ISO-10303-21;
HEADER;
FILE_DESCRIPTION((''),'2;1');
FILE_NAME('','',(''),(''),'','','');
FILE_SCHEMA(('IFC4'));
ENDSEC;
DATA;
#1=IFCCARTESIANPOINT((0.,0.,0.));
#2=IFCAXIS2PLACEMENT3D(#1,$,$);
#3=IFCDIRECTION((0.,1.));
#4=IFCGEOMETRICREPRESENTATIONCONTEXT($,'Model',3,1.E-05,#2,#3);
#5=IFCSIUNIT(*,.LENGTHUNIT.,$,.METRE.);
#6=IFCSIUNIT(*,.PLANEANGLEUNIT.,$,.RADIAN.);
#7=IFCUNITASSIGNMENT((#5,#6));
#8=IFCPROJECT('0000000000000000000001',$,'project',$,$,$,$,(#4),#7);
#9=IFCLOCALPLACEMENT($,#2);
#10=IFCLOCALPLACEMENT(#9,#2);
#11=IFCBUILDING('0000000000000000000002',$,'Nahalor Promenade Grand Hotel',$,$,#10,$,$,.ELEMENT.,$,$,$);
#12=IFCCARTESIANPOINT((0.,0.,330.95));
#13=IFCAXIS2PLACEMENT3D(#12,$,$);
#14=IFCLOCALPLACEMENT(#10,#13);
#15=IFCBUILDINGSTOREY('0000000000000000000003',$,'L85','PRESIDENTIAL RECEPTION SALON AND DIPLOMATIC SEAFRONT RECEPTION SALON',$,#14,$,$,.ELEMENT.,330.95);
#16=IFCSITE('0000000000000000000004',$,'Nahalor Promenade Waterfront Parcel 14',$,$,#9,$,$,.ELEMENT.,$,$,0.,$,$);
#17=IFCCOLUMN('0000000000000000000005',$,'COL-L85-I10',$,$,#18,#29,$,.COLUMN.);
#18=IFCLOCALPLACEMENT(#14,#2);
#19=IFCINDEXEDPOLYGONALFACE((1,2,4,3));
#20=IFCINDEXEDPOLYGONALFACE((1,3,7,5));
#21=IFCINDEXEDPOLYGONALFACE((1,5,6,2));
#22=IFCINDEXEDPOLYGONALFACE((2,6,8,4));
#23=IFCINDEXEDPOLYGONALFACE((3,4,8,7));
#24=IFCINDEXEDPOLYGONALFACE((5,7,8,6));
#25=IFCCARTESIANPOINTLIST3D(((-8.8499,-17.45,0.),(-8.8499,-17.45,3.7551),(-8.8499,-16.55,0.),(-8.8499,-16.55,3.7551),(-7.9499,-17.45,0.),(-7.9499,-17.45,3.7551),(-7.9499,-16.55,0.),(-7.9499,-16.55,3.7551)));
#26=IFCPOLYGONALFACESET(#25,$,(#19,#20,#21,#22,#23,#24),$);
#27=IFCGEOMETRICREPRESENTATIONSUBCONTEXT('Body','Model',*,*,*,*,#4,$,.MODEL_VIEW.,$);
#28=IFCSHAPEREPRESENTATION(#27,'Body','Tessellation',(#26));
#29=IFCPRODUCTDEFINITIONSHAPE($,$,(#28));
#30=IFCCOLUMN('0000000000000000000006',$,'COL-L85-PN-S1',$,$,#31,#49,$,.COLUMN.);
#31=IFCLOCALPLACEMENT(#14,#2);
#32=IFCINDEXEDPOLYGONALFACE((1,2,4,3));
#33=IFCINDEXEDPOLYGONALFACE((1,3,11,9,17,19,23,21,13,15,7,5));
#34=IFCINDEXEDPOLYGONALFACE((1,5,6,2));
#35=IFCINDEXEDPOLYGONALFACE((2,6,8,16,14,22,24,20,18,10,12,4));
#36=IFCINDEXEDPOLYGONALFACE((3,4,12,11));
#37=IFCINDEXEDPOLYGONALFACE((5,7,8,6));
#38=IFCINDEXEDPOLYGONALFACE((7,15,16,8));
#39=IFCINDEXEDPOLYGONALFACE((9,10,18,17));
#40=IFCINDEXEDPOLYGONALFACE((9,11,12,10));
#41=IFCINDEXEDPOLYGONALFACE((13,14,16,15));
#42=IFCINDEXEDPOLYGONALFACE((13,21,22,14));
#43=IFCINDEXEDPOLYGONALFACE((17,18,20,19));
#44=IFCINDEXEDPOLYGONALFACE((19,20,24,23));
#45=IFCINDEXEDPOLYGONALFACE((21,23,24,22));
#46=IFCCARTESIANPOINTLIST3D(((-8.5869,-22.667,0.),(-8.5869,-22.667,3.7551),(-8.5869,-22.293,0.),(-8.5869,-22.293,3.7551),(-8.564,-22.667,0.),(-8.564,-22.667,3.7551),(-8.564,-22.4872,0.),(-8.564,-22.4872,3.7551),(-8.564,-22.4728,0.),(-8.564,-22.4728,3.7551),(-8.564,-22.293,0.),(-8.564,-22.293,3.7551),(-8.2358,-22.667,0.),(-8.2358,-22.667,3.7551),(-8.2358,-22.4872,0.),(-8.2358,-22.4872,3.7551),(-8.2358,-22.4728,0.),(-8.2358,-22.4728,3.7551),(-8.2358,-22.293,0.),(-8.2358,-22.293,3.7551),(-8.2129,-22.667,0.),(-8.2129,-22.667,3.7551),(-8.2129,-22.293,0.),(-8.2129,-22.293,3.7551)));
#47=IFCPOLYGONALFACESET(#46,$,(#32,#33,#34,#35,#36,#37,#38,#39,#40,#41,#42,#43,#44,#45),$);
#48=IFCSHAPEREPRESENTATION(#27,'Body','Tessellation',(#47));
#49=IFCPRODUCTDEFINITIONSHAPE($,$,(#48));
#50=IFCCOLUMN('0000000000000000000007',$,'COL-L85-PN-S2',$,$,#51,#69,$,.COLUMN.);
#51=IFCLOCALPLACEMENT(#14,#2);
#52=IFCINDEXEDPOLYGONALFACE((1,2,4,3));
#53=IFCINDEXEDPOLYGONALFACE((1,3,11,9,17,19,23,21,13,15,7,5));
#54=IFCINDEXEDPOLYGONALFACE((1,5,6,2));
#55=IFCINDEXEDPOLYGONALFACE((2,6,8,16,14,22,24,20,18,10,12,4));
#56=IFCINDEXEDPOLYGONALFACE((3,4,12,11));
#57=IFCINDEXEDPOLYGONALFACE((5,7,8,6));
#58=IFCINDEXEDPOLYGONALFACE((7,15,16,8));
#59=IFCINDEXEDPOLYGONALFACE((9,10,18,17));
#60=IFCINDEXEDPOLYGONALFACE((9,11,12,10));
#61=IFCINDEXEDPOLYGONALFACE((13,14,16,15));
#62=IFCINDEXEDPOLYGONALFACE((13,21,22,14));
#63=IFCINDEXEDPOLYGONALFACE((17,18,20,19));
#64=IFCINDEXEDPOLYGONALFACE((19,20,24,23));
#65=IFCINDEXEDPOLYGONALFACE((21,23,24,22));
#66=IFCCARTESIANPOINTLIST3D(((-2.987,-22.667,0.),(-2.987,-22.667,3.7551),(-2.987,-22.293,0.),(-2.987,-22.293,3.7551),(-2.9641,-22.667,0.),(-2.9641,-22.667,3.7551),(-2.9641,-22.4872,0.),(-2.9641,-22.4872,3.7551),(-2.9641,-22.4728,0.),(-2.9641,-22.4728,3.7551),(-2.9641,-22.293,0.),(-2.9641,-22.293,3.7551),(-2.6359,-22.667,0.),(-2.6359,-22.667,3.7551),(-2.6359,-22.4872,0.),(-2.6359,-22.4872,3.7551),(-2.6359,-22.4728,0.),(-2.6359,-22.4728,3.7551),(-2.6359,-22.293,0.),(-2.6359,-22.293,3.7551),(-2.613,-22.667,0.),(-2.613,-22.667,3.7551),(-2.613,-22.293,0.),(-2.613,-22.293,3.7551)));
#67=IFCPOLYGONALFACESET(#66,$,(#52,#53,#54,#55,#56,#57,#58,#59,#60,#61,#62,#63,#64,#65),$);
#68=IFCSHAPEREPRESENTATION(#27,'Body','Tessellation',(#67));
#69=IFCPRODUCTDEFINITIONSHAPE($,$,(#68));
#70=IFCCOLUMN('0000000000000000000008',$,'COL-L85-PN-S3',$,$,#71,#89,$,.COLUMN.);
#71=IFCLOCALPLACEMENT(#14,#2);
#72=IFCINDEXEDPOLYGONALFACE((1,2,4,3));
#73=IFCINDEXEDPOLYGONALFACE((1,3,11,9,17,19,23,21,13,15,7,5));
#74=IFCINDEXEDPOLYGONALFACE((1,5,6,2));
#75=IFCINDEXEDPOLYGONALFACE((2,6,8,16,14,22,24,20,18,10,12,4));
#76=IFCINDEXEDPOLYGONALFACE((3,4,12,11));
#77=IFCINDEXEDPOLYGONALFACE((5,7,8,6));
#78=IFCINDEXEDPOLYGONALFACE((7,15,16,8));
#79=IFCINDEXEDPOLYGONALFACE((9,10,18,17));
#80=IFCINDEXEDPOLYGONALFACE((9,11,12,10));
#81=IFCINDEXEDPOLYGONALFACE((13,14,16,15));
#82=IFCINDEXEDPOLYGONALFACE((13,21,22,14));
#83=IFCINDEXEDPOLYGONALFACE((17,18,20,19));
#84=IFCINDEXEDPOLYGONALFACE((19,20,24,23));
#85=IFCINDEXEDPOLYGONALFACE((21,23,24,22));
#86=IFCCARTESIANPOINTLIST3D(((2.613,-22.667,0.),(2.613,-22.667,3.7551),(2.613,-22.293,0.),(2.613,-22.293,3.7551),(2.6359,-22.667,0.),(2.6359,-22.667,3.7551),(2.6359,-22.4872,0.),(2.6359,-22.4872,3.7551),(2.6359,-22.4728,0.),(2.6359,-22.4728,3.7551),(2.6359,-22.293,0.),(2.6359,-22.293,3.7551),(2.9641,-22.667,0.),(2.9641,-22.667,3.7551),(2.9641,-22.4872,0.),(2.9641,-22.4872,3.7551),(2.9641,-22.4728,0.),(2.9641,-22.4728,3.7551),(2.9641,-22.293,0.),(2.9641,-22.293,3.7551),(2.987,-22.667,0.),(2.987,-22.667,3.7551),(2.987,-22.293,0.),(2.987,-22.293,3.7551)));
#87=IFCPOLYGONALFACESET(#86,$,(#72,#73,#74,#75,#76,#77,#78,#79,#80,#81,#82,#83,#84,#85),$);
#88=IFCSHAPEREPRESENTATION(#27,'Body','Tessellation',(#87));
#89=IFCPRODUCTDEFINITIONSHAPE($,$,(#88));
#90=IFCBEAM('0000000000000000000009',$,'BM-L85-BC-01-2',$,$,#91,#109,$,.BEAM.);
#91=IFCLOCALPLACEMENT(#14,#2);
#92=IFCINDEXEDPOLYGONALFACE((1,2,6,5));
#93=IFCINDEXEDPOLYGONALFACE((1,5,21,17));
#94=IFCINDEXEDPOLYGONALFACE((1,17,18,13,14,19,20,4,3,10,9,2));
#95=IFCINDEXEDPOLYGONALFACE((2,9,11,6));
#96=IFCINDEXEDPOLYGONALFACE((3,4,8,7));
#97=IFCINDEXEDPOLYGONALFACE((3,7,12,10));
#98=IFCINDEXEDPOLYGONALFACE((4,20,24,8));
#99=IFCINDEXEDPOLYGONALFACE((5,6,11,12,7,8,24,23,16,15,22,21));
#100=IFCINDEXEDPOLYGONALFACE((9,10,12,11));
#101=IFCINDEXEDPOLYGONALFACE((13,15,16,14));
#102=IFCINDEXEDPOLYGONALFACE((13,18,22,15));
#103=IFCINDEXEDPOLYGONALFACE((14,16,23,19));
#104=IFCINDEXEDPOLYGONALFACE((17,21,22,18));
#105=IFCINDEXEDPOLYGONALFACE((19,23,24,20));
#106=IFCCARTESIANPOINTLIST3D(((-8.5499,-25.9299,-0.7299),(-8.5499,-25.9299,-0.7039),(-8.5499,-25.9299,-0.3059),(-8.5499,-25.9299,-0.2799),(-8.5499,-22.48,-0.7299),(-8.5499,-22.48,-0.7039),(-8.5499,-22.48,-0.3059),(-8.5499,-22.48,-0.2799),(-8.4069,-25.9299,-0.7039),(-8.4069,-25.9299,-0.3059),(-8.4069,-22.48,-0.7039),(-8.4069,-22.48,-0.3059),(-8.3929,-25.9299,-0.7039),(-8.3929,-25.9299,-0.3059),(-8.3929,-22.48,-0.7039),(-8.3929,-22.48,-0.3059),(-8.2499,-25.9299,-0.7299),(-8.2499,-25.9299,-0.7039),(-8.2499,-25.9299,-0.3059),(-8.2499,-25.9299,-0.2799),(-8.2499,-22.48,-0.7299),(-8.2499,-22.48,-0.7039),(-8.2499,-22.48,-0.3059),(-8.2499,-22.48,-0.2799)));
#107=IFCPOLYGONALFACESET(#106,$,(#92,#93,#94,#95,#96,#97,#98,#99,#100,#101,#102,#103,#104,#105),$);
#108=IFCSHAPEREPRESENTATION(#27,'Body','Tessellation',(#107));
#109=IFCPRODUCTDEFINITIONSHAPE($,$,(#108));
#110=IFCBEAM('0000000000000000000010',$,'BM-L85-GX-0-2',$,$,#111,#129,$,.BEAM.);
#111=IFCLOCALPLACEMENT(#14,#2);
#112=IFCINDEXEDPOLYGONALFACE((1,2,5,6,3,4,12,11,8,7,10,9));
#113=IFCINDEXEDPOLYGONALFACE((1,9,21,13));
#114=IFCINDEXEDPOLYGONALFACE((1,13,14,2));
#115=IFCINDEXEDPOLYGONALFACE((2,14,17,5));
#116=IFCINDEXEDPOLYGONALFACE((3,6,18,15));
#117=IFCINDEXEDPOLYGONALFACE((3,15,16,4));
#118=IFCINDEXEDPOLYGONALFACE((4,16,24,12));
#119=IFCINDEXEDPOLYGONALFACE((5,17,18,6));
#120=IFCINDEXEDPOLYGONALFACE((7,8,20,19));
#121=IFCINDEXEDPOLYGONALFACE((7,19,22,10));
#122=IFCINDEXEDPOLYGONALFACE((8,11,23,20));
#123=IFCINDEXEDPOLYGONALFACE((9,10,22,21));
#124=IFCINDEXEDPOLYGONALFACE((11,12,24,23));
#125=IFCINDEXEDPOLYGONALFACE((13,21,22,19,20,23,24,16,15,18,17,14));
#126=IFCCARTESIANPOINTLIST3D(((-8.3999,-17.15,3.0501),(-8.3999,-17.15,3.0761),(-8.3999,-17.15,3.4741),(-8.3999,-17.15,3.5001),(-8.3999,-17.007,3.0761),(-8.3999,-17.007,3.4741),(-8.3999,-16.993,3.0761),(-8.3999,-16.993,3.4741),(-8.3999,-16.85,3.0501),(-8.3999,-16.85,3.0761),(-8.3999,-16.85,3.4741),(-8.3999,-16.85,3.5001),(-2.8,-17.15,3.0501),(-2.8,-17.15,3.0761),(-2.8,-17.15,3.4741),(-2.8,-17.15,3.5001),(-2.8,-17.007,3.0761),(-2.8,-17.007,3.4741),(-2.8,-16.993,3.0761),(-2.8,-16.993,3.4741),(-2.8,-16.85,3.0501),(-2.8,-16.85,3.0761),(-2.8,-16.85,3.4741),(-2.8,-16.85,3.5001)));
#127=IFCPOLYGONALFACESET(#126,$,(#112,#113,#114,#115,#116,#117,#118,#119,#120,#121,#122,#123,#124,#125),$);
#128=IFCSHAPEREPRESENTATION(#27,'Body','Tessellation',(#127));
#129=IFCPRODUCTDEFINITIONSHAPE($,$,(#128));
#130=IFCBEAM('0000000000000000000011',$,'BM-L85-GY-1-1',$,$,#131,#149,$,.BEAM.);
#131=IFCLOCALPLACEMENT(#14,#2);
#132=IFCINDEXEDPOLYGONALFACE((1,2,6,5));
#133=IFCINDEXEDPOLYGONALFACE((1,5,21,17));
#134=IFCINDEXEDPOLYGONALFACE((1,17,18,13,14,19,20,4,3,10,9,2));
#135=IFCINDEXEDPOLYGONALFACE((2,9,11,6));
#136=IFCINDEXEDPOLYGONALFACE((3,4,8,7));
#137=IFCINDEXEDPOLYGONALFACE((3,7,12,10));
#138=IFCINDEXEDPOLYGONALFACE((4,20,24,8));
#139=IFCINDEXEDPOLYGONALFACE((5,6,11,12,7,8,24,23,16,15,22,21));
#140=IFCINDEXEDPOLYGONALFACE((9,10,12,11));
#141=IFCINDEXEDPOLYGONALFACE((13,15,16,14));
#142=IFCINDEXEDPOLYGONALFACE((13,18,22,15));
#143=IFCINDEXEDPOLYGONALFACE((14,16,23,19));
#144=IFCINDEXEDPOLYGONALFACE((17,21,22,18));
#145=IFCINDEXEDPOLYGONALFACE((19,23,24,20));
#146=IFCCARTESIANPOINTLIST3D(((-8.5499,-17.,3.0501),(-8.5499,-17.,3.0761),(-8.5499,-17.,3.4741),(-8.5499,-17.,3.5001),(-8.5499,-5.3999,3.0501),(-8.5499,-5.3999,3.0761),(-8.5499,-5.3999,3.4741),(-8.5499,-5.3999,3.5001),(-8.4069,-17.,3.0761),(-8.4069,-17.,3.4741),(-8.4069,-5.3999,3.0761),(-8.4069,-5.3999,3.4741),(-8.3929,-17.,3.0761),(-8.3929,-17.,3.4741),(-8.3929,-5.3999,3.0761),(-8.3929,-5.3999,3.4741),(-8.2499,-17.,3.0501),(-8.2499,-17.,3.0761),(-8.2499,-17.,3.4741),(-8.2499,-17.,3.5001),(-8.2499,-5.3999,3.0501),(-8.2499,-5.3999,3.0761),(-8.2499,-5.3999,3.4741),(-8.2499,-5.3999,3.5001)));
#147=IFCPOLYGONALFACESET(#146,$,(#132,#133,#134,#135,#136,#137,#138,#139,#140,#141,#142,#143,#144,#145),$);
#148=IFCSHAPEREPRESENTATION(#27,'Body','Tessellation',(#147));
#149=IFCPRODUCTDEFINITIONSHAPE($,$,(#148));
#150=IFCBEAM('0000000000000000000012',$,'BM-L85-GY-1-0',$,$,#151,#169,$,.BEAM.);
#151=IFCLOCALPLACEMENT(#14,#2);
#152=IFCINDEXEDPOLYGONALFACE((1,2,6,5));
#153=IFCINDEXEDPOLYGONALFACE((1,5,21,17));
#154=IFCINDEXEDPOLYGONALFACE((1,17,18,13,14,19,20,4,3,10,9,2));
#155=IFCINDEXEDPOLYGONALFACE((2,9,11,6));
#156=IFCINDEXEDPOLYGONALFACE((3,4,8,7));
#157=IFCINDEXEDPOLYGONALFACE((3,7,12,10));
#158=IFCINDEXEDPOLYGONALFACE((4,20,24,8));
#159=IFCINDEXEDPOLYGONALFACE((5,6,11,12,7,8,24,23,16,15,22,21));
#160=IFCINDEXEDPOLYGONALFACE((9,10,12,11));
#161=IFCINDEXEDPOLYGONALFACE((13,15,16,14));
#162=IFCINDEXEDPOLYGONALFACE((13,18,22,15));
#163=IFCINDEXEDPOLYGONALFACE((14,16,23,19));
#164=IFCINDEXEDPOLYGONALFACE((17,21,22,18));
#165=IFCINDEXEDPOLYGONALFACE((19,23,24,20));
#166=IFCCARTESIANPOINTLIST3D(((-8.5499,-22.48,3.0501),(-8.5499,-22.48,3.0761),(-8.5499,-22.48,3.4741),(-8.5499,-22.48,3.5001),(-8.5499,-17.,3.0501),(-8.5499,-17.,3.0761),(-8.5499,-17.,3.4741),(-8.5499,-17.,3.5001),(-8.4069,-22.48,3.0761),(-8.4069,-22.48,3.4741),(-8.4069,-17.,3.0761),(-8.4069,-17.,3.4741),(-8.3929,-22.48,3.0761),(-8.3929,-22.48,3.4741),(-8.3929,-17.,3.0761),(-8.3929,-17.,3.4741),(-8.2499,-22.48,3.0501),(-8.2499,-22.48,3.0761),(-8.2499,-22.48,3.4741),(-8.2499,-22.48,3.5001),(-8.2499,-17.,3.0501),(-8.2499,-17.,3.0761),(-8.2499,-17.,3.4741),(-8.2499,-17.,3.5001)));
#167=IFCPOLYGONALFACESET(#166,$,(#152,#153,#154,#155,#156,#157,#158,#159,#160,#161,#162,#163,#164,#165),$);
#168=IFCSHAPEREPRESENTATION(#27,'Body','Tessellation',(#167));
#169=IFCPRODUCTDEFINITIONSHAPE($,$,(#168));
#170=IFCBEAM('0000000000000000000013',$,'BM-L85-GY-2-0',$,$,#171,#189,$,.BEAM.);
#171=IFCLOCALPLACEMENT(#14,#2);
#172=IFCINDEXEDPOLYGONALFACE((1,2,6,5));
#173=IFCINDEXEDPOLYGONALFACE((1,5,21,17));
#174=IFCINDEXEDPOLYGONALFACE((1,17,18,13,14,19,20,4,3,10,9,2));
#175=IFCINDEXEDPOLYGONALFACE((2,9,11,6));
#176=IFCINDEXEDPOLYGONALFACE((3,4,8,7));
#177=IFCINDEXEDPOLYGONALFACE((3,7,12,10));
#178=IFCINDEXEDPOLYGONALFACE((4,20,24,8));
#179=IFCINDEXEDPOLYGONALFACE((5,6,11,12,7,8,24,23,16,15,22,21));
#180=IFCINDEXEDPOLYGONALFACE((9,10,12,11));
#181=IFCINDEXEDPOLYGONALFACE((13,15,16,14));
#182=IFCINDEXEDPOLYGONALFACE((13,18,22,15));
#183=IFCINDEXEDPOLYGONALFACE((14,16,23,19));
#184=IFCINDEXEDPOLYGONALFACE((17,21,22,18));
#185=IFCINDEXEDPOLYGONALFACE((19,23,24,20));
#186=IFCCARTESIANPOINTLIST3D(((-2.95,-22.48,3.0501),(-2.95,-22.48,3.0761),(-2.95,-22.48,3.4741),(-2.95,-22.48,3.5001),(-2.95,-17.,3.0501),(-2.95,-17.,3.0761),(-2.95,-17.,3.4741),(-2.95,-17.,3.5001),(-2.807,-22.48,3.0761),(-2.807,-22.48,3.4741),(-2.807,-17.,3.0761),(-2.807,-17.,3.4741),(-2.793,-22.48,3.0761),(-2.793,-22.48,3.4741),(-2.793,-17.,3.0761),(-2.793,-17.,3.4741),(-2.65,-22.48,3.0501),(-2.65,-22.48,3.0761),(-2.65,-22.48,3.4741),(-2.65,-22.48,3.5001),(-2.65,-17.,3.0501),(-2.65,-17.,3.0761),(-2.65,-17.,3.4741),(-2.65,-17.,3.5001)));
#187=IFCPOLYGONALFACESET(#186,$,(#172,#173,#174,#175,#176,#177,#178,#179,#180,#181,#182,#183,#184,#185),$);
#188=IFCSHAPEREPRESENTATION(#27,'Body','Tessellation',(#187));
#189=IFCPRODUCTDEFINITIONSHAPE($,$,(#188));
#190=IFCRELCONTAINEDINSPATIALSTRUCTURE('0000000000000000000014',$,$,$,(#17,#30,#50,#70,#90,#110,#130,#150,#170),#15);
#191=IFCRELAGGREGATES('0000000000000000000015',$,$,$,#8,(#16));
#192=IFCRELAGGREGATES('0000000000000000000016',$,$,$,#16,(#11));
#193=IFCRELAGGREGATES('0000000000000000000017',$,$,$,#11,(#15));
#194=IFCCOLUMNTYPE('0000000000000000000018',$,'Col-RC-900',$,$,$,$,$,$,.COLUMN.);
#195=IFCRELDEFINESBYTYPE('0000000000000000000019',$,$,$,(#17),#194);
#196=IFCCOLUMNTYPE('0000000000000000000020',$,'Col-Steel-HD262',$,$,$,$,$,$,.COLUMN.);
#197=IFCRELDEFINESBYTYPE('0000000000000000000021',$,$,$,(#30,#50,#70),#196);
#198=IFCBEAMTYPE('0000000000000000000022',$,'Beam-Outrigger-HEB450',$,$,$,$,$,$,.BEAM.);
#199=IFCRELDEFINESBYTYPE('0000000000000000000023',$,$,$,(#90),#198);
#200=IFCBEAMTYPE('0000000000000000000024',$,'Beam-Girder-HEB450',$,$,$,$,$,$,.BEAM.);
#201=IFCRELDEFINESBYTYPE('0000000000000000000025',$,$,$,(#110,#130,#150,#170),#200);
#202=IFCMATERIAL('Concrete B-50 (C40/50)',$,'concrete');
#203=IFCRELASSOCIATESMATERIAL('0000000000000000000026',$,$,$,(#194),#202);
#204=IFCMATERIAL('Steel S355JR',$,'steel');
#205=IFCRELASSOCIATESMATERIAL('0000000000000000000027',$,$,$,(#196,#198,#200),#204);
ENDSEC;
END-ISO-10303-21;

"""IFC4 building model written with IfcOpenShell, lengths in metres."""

from ifc_helpers import new_model, si_unit, direction, frame, origin, origin_2d, place, context, subcontext, project, spatial, rectangle, i_section, extrude, source, transform, mapped, material, material_profile, profile_set, type_object, element, save


model = new_model("IFC4")

# Units and contexts
model_context = context("Model", 3, precision=1e-05, world=origin(), true_north=direction((0.0, 1.0)))
body_context = subcontext(model_context, "Body", "Model", "MODEL_VIEW")
ifc_project = project(units=[si_unit("LENGTHUNIT", "METRE"), si_unit("PLANEANGLEUNIT", "RADIAN")], contexts=[model_context])

# Site, building, storey
site_placement = place(None, origin())
site = spatial("IfcSite", under=ifc_project, at=site_placement, Name="Nahalor Promenade Waterfront Parcel 14", CompositionType="ELEMENT", RefElevation=0.0)
building_placement = place(site_placement, origin())
building = spatial("IfcBuilding", under=site, at=building_placement, Name="Nahalor Promenade Grand Hotel", CompositionType="ELEMENT")
storey_placement = place(building_placement, frame((0.0, 0.0, 330.95)))
storey = spatial("IfcBuildingStorey", under=building, at=storey_placement, Name="L85", Description="PRESIDENTIAL RECEPTION SALON AND DIPLOMATIC SEAFRONT RECEPTION SALON", CompositionType="ELEMENT", Elevation=330.95)

# Columns
ifc_material_1 = material(Name="Concrete B-50 (C40/50)", Category="concrete")
ifc_material_profile_1 = material_profile(ifc_material_1, rectangle(XDim=0.9, YDim=0.9, at=origin_2d()), Name="RC 900x900")
ifc_profile_set_1 = profile_set([ifc_material_profile_1], Name="Concrete B-50 (C40/50)")
column_type_1 = type_object("IfcColumnType", Name="Col-RC-900", PredefinedType="COLUMN", material=ifc_profile_set_1)
shared_shape_1 = source(origin(), body_context, "Body", "SweptSolid", [
    extrude(rectangle(XDim=0.9, YDim=0.9, at=origin_2d()), origin(), (0.0, 0.0, 1.0), 3.7551),
])
column_placement = place(storey_placement, frame((-8.3999, -17.0, 0.0), z_axis=(0.0, 0.0, 1.0), x_axis=(1.0, 0.0, 0.0)))
element("IfcColumn", 1, at=column_placement, inside=storey, type_object=column_type_1, Name="COL-L85-I10", PredefinedType="COLUMN", context=body_context, shape_type="MappedRepresentation", body=[
    mapped(shared_shape_1, transform((0.0, 0.0, 0.0), scale=1.0)),
])
ifc_material_2 = material(Name="Steel S355JR", Category="steel")
ifc_material_profile_2 = material_profile(ifc_material_2, i_section(OverallWidth=0.374, OverallDepth=0.374, WebThickness=0.0144, FlangeThickness=0.0229, at=origin_2d()), Name="HD 360x262")
ifc_profile_set_2 = profile_set([ifc_material_profile_2], Name="Steel S355JR")
column_type_2 = type_object("IfcColumnType", Name="Col-Steel-HD262", PredefinedType="COLUMN", material=ifc_profile_set_2)
shared_shape_2 = source(origin(), body_context, "Body", "SweptSolid", [
    extrude(i_section(OverallWidth=0.374, OverallDepth=0.374, WebThickness=0.0144, FlangeThickness=0.0229, at=origin_2d()), origin(), (0.0, 0.0, 1.0), 3.7551),
])
for number, where, z_axis, x_axis, name in (
    (2, (-8.3999, -22.48, 0.0), (0.0, 0.0, 1.0), (0.0, 1.0, 0.0), "COL-L85-PN-S1"),
    (3, (-2.8, -22.48, 0.0), (0.0, 0.0, 1.0), (0.0, 1.0, 0.0), "COL-L85-PN-S2"),
    (4, (2.8, -22.48, 0.0), (0.0, 0.0, 1.0), (0.0, 1.0, 0.0), "COL-L85-PN-S3"),
):
    element("IfcColumn", number, at=place(storey_placement, frame(where, z_axis=z_axis, x_axis=x_axis)), inside=storey, type_object=column_type_2, Name=name, PredefinedType="COLUMN", context=body_context, shape_type="MappedRepresentation", body=[
        mapped(shared_shape_2, transform((0.0, 0.0, 0.0), scale=1.0)),
    ])

# Beams
ifc_material_profile_3 = material_profile(ifc_material_2, i_section(OverallWidth=0.3, OverallDepth=0.45, WebThickness=0.014, FlangeThickness=0.026, at=origin_2d()), Name="HEB 450")
ifc_profile_set_3 = profile_set([ifc_material_profile_3], Name="Steel S355JR")
beam_type_1 = type_object("IfcBeamType", Name="Beam-Outrigger-HEB450", PredefinedType="BEAM", material=ifc_profile_set_3)
shared_shape_3 = source(origin(), body_context, "Body", "SweptSolid", [
    extrude(i_section(OverallWidth=0.3, OverallDepth=0.45, WebThickness=0.014, FlangeThickness=0.026, at=origin_2d()), origin(), (0.0, 0.0, 1.0), 3.45),
])
beam_1_placement = place(storey_placement, frame((-8.3999, -25.9299, -0.5049), z_axis=(0.0, 1.0, 0.0), x_axis=(-1.0, 0.0, 0.0)))
element("IfcBeam", 5, at=beam_1_placement, inside=storey, type_object=beam_type_1, Name="BM-L85-BC-01-2", PredefinedType="BEAM", context=body_context, shape_type="MappedRepresentation", body=[
    mapped(shared_shape_3, transform((0.0, 0.0, 0.0), scale=1.0)),
])
ifc_material_profile_4 = material_profile(ifc_material_2, i_section(OverallWidth=0.3, OverallDepth=0.45, WebThickness=0.014, FlangeThickness=0.026, at=origin_2d()), Name="HEB 450")
ifc_profile_set_4 = profile_set([ifc_material_profile_4], Name="Steel S355JR")
beam_type_2 = type_object("IfcBeamType", Name="Beam-Girder-HEB450", PredefinedType="BEAM", material=ifc_profile_set_4)
shared_shape_4 = source(origin(), body_context, "Body", "SweptSolid", [
    extrude(i_section(OverallWidth=0.3, OverallDepth=0.45, WebThickness=0.014, FlangeThickness=0.026, at=origin_2d()), origin(), (0.0, 0.0, 1.0), 5.5999),
])
beam_2_placement = place(storey_placement, frame((-8.3999, -17.0, 3.2751), z_axis=(1.0, 0.0, 0.0), x_axis=(0.0, 1.0, 0.0)))
element("IfcBeam", 6, at=beam_2_placement, inside=storey, type_object=beam_type_2, Name="BM-L85-GX-0-2", PredefinedType="BEAM", context=body_context, shape_type="MappedRepresentation", body=[
    mapped(shared_shape_4, transform((0.0, 0.0, 0.0), scale=1.0)),
])
shared_shape_5 = source(origin(), body_context, "Body", "SweptSolid", [
    extrude(i_section(OverallWidth=0.3, OverallDepth=0.45, WebThickness=0.014, FlangeThickness=0.026, at=origin_2d()), origin(), (0.0, 0.0, 1.0), 11.6001),
])
beam_3_placement = place(storey_placement, frame((-8.3999, -17.0, 3.2751), z_axis=(0.0, 1.0, 0.0), x_axis=(-1.0, 0.0, 0.0)))
element("IfcBeam", 7, at=beam_3_placement, inside=storey, type_object=beam_type_2, Name="BM-L85-GY-1-1", PredefinedType="BEAM", context=body_context, shape_type="MappedRepresentation", body=[
    mapped(shared_shape_5, transform((0.0, 0.0, 0.0), scale=1.0)),
])
shared_shape_6 = source(origin(), body_context, "Body", "SweptSolid", [
    extrude(i_section(OverallWidth=0.3, OverallDepth=0.45, WebThickness=0.014, FlangeThickness=0.026, at=origin_2d()), origin(), (0.0, 0.0, 1.0), 5.48),
])
for number, where, z_axis, x_axis, name in (
    (8, (-8.3999, -22.48, 3.2751), (0.0, 1.0, 0.0), (-1.0, 0.0, 0.0), "BM-L85-GY-1-0"),
    (9, (-2.8, -22.48, 3.2751), (0.0, 1.0, 0.0), (-1.0, 0.0, 0.0), "BM-L85-GY-2-0"),
):
    element("IfcBeam", number, at=place(storey_placement, frame(where, z_axis=z_axis, x_axis=x_axis)), inside=storey, type_object=beam_type_2, Name=name, PredefinedType="BEAM", context=body_context, shape_type="MappedRepresentation", body=[
        mapped(shared_shape_6, transform((0.0, 0.0, 0.0), scale=1.0)),
    ])

save(model, "model.ifc")
